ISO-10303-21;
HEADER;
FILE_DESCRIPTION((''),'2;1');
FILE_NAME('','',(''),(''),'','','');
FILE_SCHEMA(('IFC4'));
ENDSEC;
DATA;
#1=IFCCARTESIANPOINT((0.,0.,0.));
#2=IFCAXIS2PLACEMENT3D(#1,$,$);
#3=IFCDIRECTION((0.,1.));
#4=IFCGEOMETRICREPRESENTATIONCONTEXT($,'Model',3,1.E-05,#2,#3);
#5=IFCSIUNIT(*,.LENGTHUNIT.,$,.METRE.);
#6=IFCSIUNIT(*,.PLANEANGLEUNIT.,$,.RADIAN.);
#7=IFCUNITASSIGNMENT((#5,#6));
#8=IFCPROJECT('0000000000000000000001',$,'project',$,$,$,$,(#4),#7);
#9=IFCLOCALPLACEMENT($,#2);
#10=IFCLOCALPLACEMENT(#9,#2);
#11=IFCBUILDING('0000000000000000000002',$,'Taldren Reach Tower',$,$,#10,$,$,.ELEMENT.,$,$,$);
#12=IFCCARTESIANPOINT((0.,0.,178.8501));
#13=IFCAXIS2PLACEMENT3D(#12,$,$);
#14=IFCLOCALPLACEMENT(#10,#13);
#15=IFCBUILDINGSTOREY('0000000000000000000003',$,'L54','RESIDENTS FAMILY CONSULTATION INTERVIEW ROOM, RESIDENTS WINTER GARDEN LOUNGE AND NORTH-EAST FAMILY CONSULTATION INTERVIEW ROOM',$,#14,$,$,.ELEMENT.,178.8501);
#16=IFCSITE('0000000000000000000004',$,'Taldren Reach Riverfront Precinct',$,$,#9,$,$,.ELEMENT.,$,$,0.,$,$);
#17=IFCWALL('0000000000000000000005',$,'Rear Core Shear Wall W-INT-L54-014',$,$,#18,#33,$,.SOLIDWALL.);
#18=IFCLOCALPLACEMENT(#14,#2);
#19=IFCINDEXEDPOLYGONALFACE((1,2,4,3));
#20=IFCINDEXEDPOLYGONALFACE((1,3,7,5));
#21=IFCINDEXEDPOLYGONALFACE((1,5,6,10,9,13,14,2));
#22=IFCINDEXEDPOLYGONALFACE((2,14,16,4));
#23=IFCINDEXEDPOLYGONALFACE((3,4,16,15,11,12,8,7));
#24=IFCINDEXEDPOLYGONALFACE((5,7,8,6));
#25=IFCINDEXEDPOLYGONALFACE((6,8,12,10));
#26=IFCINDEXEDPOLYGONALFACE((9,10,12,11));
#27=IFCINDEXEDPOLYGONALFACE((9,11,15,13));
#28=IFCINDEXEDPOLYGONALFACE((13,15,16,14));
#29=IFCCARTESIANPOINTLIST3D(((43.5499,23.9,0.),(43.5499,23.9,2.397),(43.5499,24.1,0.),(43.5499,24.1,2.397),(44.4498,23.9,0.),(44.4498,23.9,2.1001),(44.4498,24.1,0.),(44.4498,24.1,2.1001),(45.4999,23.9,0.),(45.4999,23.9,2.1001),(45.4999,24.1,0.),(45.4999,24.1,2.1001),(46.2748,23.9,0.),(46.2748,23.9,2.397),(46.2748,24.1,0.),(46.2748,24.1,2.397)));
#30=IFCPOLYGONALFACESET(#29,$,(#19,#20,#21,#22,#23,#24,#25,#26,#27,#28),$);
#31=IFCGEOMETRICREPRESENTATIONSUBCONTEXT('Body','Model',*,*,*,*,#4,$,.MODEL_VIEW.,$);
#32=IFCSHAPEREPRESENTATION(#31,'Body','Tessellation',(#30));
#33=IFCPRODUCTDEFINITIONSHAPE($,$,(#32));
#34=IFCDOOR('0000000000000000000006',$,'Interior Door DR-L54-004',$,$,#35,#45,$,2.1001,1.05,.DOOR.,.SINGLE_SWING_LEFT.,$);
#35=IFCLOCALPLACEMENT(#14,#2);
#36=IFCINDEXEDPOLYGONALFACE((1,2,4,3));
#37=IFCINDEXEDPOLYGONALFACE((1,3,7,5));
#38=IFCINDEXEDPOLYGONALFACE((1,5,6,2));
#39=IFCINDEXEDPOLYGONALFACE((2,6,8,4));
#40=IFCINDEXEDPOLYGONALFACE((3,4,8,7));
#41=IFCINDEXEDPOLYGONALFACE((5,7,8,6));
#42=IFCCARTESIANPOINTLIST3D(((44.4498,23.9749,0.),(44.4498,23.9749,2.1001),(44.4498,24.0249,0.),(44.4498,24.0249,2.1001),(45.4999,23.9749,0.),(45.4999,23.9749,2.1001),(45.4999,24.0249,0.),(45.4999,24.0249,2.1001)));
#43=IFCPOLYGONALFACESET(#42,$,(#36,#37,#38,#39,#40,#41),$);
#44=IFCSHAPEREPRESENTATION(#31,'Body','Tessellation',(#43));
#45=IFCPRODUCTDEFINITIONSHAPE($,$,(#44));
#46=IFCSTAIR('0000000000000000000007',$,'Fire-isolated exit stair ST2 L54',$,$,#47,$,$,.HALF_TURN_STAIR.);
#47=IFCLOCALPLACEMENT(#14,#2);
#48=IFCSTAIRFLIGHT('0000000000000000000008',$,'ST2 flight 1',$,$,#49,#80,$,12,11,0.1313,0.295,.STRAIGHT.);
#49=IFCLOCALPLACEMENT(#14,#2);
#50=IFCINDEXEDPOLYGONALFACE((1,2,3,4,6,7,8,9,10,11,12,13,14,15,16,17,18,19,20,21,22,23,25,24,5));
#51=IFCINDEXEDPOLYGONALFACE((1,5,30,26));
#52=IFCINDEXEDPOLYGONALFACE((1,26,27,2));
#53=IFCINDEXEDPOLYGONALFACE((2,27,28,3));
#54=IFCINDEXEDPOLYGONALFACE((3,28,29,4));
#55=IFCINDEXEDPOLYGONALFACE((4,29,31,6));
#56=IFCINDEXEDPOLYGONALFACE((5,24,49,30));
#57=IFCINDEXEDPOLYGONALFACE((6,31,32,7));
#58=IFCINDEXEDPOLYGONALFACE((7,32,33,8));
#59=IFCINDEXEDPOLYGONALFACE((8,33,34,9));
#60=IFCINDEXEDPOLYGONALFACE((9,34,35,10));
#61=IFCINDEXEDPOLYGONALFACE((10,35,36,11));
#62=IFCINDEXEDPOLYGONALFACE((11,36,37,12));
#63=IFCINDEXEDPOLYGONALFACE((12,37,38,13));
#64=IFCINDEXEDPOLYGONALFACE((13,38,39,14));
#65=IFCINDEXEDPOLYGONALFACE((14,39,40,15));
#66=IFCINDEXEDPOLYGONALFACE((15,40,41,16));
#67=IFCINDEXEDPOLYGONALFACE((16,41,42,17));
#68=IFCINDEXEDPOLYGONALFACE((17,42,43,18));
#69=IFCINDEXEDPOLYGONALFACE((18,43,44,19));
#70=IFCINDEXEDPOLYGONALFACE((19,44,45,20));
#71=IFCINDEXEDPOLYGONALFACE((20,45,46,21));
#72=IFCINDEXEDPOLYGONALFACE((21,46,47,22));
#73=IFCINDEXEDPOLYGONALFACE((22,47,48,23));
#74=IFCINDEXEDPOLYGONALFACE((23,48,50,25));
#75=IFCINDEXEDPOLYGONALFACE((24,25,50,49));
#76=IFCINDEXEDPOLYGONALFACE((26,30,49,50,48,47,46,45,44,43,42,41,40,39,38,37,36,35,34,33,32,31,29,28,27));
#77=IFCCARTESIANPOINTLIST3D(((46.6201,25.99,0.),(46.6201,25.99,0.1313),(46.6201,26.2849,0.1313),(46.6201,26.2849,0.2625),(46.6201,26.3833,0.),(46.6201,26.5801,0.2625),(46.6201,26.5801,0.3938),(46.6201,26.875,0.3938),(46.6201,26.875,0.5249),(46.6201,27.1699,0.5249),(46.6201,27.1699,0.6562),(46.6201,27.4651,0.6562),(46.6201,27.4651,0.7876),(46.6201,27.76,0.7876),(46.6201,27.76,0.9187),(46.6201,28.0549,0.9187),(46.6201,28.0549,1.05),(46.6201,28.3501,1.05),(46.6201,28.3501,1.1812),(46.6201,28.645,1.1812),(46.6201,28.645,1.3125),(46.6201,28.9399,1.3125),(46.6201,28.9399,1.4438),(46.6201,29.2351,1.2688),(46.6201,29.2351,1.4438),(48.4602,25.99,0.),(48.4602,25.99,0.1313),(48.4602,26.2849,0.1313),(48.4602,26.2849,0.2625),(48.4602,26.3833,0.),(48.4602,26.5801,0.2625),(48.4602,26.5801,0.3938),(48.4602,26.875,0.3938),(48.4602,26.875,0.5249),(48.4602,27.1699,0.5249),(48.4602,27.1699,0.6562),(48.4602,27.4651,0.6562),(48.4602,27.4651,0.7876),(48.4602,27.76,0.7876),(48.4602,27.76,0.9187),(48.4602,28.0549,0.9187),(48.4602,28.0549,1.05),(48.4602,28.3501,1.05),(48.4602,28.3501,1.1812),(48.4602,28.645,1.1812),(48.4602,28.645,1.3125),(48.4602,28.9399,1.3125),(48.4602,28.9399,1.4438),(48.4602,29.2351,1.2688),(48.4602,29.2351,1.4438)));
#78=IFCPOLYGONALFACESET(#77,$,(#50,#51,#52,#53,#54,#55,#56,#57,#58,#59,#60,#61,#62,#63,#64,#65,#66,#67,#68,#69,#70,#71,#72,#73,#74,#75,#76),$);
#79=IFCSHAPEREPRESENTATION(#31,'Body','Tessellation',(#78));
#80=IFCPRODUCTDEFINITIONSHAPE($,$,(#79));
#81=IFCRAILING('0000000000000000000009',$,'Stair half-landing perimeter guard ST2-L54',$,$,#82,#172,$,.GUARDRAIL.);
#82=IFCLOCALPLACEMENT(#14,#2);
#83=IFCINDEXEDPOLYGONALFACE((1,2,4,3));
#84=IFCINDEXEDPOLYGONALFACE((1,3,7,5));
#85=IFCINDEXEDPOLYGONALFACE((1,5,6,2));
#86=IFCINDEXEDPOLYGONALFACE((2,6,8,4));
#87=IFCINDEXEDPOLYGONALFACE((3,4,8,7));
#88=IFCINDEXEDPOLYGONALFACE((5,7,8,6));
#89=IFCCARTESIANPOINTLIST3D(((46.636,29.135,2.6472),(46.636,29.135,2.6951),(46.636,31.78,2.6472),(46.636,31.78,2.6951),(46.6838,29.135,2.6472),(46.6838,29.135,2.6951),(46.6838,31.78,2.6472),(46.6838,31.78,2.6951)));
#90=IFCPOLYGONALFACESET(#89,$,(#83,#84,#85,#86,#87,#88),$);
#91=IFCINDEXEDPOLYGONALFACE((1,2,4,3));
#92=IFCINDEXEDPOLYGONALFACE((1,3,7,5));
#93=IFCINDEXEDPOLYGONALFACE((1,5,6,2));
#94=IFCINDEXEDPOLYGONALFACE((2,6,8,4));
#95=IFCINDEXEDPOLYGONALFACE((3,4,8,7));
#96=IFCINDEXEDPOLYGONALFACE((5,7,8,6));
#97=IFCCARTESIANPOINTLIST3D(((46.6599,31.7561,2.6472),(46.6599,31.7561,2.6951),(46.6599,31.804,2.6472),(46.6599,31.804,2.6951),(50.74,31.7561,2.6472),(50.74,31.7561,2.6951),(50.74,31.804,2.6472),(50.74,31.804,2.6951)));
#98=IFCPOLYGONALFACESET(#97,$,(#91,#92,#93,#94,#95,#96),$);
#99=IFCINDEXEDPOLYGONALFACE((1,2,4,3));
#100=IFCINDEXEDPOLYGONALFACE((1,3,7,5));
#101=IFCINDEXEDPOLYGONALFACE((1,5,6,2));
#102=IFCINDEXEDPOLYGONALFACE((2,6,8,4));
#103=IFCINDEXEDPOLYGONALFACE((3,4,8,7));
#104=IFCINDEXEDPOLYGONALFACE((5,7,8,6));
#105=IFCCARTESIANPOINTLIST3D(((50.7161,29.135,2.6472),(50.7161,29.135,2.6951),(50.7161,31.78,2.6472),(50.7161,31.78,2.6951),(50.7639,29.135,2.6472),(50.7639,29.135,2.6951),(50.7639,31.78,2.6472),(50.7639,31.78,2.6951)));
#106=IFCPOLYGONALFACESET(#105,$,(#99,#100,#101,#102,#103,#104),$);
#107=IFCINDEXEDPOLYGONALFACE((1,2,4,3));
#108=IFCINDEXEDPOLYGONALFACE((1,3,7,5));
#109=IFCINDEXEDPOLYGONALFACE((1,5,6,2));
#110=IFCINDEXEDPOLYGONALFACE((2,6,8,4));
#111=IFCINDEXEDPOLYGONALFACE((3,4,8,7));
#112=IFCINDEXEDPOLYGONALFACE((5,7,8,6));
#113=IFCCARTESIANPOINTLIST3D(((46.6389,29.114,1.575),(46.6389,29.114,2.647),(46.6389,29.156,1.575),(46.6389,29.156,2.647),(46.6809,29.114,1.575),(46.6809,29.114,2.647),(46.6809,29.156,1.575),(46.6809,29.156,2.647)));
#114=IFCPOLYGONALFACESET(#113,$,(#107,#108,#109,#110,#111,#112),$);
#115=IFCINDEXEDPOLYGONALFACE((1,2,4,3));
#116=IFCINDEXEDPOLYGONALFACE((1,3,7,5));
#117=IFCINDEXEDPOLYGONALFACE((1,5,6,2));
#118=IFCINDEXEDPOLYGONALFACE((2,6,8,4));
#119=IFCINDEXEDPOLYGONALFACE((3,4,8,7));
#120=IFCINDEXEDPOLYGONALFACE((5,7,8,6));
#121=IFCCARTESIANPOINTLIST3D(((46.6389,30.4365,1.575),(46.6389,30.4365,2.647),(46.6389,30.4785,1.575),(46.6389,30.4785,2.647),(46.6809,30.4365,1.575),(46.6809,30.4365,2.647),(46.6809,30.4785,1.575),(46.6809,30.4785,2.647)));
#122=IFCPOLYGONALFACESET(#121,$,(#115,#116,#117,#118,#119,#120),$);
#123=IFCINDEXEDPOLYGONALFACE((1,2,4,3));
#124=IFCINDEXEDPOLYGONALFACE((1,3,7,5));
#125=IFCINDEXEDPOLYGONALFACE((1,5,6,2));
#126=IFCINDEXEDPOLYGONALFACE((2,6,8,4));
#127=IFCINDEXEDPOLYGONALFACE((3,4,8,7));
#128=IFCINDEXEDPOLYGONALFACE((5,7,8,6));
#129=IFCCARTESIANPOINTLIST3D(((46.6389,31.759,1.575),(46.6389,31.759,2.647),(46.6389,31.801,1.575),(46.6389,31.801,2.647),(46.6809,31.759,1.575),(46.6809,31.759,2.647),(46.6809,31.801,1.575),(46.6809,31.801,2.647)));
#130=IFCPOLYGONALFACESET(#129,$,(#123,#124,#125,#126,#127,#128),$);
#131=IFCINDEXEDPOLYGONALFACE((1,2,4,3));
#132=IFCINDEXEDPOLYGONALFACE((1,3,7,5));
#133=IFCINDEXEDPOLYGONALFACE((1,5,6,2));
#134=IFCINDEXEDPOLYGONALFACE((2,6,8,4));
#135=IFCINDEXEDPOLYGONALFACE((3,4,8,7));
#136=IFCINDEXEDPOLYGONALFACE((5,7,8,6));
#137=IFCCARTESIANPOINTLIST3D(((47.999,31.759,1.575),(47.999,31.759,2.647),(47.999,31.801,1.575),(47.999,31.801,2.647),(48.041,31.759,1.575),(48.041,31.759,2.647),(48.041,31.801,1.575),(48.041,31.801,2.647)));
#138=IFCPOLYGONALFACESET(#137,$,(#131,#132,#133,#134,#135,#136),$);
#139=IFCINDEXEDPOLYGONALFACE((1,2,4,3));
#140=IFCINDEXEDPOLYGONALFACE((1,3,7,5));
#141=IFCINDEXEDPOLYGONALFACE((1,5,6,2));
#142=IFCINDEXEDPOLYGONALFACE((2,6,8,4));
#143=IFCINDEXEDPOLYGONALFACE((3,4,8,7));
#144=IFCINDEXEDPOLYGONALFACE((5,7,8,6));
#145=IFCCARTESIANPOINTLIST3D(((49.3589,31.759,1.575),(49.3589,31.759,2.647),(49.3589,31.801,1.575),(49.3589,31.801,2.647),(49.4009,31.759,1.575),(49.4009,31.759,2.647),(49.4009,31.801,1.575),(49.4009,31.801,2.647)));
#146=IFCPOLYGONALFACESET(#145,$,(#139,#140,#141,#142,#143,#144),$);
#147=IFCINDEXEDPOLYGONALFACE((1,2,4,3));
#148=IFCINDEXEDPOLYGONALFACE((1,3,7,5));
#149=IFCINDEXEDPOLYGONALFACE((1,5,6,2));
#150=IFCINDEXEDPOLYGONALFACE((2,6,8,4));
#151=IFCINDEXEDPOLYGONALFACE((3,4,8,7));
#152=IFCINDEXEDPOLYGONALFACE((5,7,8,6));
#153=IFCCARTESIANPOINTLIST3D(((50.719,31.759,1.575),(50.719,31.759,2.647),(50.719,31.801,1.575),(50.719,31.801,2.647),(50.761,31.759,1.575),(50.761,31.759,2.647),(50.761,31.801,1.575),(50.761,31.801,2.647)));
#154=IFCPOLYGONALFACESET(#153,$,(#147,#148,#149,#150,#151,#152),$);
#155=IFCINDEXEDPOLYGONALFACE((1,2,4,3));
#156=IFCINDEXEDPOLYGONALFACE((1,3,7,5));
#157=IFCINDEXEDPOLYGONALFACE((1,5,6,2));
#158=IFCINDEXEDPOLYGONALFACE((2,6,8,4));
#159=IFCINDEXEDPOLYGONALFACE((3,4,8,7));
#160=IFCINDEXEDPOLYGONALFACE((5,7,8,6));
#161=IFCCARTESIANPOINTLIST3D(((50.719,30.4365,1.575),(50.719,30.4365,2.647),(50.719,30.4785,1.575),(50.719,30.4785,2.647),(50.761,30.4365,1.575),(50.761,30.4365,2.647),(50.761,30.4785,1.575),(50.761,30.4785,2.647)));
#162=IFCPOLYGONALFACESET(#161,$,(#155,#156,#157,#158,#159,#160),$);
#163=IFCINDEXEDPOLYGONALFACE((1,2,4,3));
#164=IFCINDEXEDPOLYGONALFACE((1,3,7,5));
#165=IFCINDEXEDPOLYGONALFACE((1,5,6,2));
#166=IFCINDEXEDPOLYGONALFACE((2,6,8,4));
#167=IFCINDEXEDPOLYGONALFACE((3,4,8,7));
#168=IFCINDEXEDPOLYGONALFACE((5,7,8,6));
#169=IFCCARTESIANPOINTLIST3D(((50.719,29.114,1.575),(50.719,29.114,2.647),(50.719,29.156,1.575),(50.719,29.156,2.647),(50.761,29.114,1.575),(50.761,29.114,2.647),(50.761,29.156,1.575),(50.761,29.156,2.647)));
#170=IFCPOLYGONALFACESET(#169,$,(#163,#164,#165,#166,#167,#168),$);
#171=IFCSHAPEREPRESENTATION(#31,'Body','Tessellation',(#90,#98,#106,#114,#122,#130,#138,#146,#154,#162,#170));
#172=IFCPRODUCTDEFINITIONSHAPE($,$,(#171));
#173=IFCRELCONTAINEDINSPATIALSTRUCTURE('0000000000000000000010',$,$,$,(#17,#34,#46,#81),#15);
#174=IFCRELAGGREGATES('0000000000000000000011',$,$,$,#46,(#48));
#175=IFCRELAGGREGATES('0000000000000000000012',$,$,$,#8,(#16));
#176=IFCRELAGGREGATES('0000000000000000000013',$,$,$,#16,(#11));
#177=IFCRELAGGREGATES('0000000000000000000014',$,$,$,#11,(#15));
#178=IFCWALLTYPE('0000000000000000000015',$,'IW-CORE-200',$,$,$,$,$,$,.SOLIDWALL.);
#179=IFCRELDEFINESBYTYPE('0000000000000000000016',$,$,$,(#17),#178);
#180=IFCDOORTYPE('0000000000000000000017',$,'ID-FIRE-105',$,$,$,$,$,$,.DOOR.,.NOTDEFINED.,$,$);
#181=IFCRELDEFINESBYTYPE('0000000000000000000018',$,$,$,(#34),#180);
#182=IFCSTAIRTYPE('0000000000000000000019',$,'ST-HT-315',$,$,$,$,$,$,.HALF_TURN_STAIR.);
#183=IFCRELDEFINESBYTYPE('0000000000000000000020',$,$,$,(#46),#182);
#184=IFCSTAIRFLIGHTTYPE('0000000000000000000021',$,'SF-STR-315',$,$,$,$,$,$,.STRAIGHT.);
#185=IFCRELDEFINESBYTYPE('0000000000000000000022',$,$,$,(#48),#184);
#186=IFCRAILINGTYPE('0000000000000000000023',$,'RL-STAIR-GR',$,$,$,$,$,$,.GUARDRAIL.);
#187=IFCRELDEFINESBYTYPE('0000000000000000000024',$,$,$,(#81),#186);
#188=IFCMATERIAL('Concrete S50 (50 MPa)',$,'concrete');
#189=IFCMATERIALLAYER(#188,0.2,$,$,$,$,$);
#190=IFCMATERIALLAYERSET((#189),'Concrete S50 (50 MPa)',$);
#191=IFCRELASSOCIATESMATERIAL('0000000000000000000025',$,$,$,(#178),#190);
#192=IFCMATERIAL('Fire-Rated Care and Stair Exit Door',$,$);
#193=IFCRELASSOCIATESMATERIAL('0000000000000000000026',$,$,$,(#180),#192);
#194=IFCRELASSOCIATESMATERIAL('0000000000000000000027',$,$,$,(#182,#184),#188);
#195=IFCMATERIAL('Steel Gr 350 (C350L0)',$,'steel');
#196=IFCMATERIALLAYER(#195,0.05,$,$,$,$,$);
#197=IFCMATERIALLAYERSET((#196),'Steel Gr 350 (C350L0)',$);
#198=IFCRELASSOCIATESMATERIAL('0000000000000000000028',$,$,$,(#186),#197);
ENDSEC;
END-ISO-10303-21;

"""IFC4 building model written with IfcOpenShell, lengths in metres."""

from ifc_helpers import new_model, si_unit, direction, frame, frame_2d, origin, origin_2d, place, context, subcontext, project, spatial, polyline, rectangle, outline, extrude, source, transform, mapped, material, layer, layer_set, type_object, element, fill, aggregate, save


model = new_model("IFC4")

# Units and contexts
model_context = context("Model", 3, precision=1e-05, world=origin(), true_north=direction((0.0, 1.0)))
body_context = subcontext(model_context, "Body", "Model", "MODEL_VIEW")
ifc_project = project(units=[si_unit("LENGTHUNIT", "METRE"), si_unit("PLANEANGLEUNIT", "RADIAN")], contexts=[model_context])

# Site, building, storey
site_placement = place(None, origin())
site = spatial("IfcSite", under=ifc_project, at=site_placement, Name="Taldren Reach Riverfront Precinct", CompositionType="ELEMENT", RefElevation=0.0)
building_placement = place(site_placement, origin())
building = spatial("IfcBuilding", under=site, at=building_placement, Name="Taldren Reach Tower", CompositionType="ELEMENT")
storey_placement = place(building_placement, frame((0.0, 0.0, 178.8501)))
storey = spatial("IfcBuildingStorey", under=building, at=storey_placement, Name="L54", Description="RESIDENTS FAMILY CONSULTATION INTERVIEW ROOM, RESIDENTS WINTER GARDEN LOUNGE AND NORTH-EAST FAMILY CONSULTATION INTERVIEW ROOM", CompositionType="ELEMENT", Elevation=178.8501)

# Shared definitions
ifc_material_1 = material(Name="Steel Gr 350 (C350L0)", Category="steel")

# Shared definitions
ifc_material_2 = material(Name="Concrete S50 (50 MPa)", Category="concrete")
ifc_layer_1 = layer(ifc_material_2, 0.2)
ifc_layer_set_1 = layer_set([ifc_layer_1], Name="Concrete S50 (50 MPa)")
wall_type_1 = type_object("IfcWallType", Name="IW-CORE-200", PredefinedType="SOLIDWALL", material=ifc_layer_set_1)
shared_shape_1 = source(origin(), body_context, "Body", "SweptSolid", [
    extrude(rectangle(XDim=1.05, YDim=2.1001, at=frame_2d((0.5249, 1.05))), frame((0.0, 0.1099, 0.0), z_axis=(0.0, -1.0, 0.0), x_axis=(1.0, 0.0, 0.0)), (0.0, 0.0, 1.0), 0.22),
])
ifc_material_3 = material(Name="Fire-Rated Care and Stair Exit Door")
door_type_1 = type_object("IfcDoorType", Name="ID-FIRE-105", OperationType="NOTDEFINED", PredefinedType="DOOR", material=ifc_material_3)
shared_shape_2 = source(origin(), body_context, "Body", "SweptSolid", [
    extrude(rectangle(XDim=1.05, YDim=2.1001, at=frame_2d((0.5249, 1.05))), frame((0.0, 0.0249, 0.0), z_axis=(0.0, -1.0, 0.0), x_axis=(1.0, 0.0, 0.0)), (0.0, 0.0, 1.0), 0.05),
])

# Wall, opening, door
shared_shape_3 = source(origin(), body_context, "Body", "SweptSolid", [
    extrude(rectangle(XDim=2.7249, YDim=0.2, at=frame_2d((1.3623, 0.0))), origin(), (0.0, 0.0, 1.0), 2.397),
])
wall_1_placement = place(storey_placement, frame((43.55, 24.0, 0.0), z_axis=(0.0, 0.0, 1.0), x_axis=(1.0, 0.0, 0.0)))
wall_1 = element("IfcWall", 1, at=wall_1_placement, inside=storey, type_object=wall_type_1, Name="Rear Core Shear Wall W-INT-L54-014", PredefinedType="SOLIDWALL", context=body_context, shape_type="MappedRepresentation", body=[
    mapped(shared_shape_3, transform((0.0, 0.0, 0.0), scale=1.0)),
])
opening_1_placement = place(wall_1_placement, frame((0.8999, 0.0, 0.0)))
opening_1 = element("IfcOpeningElement", 2, at=opening_1_placement, cuts=wall_1, PredefinedType="OPENING", context=body_context, shape_type="MappedRepresentation", body=[
    mapped(shared_shape_1, transform((0.0, 0.0, 0.0), scale=1.0)),
])
door_1_placement = place(opening_1_placement, origin())
door_1 = element("IfcDoor", 3, at=door_1_placement, inside=storey, type_object=door_type_1, Name="Interior Door DR-L54-004", OperationType="SINGLE_SWING_LEFT", OverallHeight=2.1001, OverallWidth=1.05, PredefinedType="DOOR", context=body_context, shape_type="MappedRepresentation", body=[
    mapped(shared_shape_2, transform((0.0, 0.0, 0.0), scale=1.0)),
])
fill(opening_1, door_1)

# Stair, stair flight
stair_type = type_object("IfcStairType", Name="ST-HT-315", PredefinedType="HALF_TURN_STAIR", material=ifc_material_2)
stair_placement = place(storey_placement, origin())
stair = element("IfcStair", 4, at=stair_placement, inside=storey, type_object=stair_type, Name="Fire-isolated exit stair ST2 L54", PredefinedType="HALF_TURN_STAIR")
stair_flight_type = type_object("IfcStairFlightType", Name="SF-STR-315", PredefinedType="STRAIGHT", material=ifc_material_2)
stair_flight_placement = place(storey_placement, frame((47.54, 25.99, 0.0), z_axis=(0.0, 0.0, 1.0), x_axis=(0.0, 1.0, 0.0)))
stair_flight = element("IfcStairFlight", 5, at=stair_flight_placement, type_object=stair_flight_type, Name="ST2 flight 1", NumberOfRisers=12, NumberOfTreads=11, PredefinedType="STRAIGHT", RiserHeight=0.1313, TreadLength=0.295, context=body_context, shape_type="SweptSolid", body=[
    extrude(outline(polyline([(0.0, 0.0), (0.0, 0.1313), (0.2949, 0.1313), (0.2949, 0.2625), (0.5901, 0.2625), (0.5901, 0.3938), (0.885, 0.3938), (0.885, 0.5249), (1.1799, 0.5249), (1.1799, 0.6562), (1.4751, 0.6562), (1.4751, 0.7876), (1.77, 0.7876), (1.77, 0.9187), (2.0649, 0.9187), (2.0649, 1.05), (2.3601, 1.05), (2.3601, 1.1812), (2.655, 1.1812), (2.655, 1.3125), (2.95, 1.3125), (2.95, 1.4438), (3.2451, 1.4438), (3.2451, 1.575), (3.2451, 1.2688), (0.3933, 0.0), (0.0, 0.0)])), frame((0.0, 0.9199, 0.0), z_axis=(0.0, -1.0, 0.0), x_axis=(1.0, 0.0, 0.0)), (0.0, 0.0, 1.0), 1.8401),
])
aggregate(stair, [stair_flight])

# Railing
ifc_layer_2 = layer(ifc_material_1, 0.05)
ifc_layer_set_2 = layer_set([ifc_layer_2], Name="Steel Gr 350 (C350L0)")
railing_type_1 = type_object("IfcRailingType", Name="RL-STAIR-GR", PredefinedType="GUARDRAIL", material=ifc_layer_set_2)
railing_1_placement = place(storey_placement, frame((46.6599, 29.135, 1.575)))
element("IfcRailing", 6, at=railing_1_placement, inside=storey, type_object=railing_type_1, Name="Stair half-landing perimeter guard ST2-L54", PredefinedType="GUARDRAIL", context=body_context, shape_type="SweptSolid", body=[
    extrude(rectangle(XDim=0.0479, YDim=0.0479, at=origin_2d()), frame((0.0, 0.0, 1.0962), z_axis=(0.0, 1.0, 0.0), x_axis=(-1.0, 0.0, 0.0)), (0.0, 0.0, 1.0), 2.645),
    extrude(rectangle(XDim=0.0479, YDim=0.0479, at=origin_2d()), frame((0.0, 2.645, 1.0962), z_axis=(1.0, 0.0, 0.0), x_axis=(0.0, 1.0, 0.0)), (0.0, 0.0, 1.0), 4.0801),
    extrude(rectangle(XDim=0.0479, YDim=0.0479, at=origin_2d()), frame((4.0801, 2.645, 1.0962), z_axis=(0.0, -1.0, 0.0), x_axis=(1.0, 0.0, 0.0)), (0.0, 0.0, 1.0), 2.645),
    extrude(rectangle(XDim=0.042, YDim=0.042, at=origin_2d()), origin(), (0.0, 0.0, 1.0), 1.072),
    extrude(rectangle(XDim=0.042, YDim=0.042, at=origin_2d()), frame((0.0, 1.3225, 0.0)), (0.0, 0.0, 1.0), 1.072),
    extrude(rectangle(XDim=0.042, YDim=0.042, at=origin_2d()), frame((0.0, 2.645, 0.0)), (0.0, 0.0, 1.0), 1.072),
    extrude(rectangle(XDim=0.042, YDim=0.042, at=origin_2d()), frame((1.3601, 2.645, 0.0)), (0.0, 0.0, 1.0), 1.072),
    extrude(rectangle(XDim=0.042, YDim=0.042, at=origin_2d()), frame((2.72, 2.645, 0.0)), (0.0, 0.0, 1.0), 1.072),
    extrude(rectangle(XDim=0.042, YDim=0.042, at=origin_2d()), frame((4.0801, 2.645, 0.0)), (0.0, 0.0, 1.0), 1.072),
    extrude(rectangle(XDim=0.042, YDim=0.042, at=origin_2d()), frame((4.0801, 1.3225, 0.0)), (0.0, 0.0, 1.0), 1.072),
    extrude(rectangle(XDim=0.042, YDim=0.042, at=origin_2d()), frame((4.0801, 0.0, 0.0)), (0.0, 0.0, 1.0), 1.072),
])

save(model, "model.ifc")
